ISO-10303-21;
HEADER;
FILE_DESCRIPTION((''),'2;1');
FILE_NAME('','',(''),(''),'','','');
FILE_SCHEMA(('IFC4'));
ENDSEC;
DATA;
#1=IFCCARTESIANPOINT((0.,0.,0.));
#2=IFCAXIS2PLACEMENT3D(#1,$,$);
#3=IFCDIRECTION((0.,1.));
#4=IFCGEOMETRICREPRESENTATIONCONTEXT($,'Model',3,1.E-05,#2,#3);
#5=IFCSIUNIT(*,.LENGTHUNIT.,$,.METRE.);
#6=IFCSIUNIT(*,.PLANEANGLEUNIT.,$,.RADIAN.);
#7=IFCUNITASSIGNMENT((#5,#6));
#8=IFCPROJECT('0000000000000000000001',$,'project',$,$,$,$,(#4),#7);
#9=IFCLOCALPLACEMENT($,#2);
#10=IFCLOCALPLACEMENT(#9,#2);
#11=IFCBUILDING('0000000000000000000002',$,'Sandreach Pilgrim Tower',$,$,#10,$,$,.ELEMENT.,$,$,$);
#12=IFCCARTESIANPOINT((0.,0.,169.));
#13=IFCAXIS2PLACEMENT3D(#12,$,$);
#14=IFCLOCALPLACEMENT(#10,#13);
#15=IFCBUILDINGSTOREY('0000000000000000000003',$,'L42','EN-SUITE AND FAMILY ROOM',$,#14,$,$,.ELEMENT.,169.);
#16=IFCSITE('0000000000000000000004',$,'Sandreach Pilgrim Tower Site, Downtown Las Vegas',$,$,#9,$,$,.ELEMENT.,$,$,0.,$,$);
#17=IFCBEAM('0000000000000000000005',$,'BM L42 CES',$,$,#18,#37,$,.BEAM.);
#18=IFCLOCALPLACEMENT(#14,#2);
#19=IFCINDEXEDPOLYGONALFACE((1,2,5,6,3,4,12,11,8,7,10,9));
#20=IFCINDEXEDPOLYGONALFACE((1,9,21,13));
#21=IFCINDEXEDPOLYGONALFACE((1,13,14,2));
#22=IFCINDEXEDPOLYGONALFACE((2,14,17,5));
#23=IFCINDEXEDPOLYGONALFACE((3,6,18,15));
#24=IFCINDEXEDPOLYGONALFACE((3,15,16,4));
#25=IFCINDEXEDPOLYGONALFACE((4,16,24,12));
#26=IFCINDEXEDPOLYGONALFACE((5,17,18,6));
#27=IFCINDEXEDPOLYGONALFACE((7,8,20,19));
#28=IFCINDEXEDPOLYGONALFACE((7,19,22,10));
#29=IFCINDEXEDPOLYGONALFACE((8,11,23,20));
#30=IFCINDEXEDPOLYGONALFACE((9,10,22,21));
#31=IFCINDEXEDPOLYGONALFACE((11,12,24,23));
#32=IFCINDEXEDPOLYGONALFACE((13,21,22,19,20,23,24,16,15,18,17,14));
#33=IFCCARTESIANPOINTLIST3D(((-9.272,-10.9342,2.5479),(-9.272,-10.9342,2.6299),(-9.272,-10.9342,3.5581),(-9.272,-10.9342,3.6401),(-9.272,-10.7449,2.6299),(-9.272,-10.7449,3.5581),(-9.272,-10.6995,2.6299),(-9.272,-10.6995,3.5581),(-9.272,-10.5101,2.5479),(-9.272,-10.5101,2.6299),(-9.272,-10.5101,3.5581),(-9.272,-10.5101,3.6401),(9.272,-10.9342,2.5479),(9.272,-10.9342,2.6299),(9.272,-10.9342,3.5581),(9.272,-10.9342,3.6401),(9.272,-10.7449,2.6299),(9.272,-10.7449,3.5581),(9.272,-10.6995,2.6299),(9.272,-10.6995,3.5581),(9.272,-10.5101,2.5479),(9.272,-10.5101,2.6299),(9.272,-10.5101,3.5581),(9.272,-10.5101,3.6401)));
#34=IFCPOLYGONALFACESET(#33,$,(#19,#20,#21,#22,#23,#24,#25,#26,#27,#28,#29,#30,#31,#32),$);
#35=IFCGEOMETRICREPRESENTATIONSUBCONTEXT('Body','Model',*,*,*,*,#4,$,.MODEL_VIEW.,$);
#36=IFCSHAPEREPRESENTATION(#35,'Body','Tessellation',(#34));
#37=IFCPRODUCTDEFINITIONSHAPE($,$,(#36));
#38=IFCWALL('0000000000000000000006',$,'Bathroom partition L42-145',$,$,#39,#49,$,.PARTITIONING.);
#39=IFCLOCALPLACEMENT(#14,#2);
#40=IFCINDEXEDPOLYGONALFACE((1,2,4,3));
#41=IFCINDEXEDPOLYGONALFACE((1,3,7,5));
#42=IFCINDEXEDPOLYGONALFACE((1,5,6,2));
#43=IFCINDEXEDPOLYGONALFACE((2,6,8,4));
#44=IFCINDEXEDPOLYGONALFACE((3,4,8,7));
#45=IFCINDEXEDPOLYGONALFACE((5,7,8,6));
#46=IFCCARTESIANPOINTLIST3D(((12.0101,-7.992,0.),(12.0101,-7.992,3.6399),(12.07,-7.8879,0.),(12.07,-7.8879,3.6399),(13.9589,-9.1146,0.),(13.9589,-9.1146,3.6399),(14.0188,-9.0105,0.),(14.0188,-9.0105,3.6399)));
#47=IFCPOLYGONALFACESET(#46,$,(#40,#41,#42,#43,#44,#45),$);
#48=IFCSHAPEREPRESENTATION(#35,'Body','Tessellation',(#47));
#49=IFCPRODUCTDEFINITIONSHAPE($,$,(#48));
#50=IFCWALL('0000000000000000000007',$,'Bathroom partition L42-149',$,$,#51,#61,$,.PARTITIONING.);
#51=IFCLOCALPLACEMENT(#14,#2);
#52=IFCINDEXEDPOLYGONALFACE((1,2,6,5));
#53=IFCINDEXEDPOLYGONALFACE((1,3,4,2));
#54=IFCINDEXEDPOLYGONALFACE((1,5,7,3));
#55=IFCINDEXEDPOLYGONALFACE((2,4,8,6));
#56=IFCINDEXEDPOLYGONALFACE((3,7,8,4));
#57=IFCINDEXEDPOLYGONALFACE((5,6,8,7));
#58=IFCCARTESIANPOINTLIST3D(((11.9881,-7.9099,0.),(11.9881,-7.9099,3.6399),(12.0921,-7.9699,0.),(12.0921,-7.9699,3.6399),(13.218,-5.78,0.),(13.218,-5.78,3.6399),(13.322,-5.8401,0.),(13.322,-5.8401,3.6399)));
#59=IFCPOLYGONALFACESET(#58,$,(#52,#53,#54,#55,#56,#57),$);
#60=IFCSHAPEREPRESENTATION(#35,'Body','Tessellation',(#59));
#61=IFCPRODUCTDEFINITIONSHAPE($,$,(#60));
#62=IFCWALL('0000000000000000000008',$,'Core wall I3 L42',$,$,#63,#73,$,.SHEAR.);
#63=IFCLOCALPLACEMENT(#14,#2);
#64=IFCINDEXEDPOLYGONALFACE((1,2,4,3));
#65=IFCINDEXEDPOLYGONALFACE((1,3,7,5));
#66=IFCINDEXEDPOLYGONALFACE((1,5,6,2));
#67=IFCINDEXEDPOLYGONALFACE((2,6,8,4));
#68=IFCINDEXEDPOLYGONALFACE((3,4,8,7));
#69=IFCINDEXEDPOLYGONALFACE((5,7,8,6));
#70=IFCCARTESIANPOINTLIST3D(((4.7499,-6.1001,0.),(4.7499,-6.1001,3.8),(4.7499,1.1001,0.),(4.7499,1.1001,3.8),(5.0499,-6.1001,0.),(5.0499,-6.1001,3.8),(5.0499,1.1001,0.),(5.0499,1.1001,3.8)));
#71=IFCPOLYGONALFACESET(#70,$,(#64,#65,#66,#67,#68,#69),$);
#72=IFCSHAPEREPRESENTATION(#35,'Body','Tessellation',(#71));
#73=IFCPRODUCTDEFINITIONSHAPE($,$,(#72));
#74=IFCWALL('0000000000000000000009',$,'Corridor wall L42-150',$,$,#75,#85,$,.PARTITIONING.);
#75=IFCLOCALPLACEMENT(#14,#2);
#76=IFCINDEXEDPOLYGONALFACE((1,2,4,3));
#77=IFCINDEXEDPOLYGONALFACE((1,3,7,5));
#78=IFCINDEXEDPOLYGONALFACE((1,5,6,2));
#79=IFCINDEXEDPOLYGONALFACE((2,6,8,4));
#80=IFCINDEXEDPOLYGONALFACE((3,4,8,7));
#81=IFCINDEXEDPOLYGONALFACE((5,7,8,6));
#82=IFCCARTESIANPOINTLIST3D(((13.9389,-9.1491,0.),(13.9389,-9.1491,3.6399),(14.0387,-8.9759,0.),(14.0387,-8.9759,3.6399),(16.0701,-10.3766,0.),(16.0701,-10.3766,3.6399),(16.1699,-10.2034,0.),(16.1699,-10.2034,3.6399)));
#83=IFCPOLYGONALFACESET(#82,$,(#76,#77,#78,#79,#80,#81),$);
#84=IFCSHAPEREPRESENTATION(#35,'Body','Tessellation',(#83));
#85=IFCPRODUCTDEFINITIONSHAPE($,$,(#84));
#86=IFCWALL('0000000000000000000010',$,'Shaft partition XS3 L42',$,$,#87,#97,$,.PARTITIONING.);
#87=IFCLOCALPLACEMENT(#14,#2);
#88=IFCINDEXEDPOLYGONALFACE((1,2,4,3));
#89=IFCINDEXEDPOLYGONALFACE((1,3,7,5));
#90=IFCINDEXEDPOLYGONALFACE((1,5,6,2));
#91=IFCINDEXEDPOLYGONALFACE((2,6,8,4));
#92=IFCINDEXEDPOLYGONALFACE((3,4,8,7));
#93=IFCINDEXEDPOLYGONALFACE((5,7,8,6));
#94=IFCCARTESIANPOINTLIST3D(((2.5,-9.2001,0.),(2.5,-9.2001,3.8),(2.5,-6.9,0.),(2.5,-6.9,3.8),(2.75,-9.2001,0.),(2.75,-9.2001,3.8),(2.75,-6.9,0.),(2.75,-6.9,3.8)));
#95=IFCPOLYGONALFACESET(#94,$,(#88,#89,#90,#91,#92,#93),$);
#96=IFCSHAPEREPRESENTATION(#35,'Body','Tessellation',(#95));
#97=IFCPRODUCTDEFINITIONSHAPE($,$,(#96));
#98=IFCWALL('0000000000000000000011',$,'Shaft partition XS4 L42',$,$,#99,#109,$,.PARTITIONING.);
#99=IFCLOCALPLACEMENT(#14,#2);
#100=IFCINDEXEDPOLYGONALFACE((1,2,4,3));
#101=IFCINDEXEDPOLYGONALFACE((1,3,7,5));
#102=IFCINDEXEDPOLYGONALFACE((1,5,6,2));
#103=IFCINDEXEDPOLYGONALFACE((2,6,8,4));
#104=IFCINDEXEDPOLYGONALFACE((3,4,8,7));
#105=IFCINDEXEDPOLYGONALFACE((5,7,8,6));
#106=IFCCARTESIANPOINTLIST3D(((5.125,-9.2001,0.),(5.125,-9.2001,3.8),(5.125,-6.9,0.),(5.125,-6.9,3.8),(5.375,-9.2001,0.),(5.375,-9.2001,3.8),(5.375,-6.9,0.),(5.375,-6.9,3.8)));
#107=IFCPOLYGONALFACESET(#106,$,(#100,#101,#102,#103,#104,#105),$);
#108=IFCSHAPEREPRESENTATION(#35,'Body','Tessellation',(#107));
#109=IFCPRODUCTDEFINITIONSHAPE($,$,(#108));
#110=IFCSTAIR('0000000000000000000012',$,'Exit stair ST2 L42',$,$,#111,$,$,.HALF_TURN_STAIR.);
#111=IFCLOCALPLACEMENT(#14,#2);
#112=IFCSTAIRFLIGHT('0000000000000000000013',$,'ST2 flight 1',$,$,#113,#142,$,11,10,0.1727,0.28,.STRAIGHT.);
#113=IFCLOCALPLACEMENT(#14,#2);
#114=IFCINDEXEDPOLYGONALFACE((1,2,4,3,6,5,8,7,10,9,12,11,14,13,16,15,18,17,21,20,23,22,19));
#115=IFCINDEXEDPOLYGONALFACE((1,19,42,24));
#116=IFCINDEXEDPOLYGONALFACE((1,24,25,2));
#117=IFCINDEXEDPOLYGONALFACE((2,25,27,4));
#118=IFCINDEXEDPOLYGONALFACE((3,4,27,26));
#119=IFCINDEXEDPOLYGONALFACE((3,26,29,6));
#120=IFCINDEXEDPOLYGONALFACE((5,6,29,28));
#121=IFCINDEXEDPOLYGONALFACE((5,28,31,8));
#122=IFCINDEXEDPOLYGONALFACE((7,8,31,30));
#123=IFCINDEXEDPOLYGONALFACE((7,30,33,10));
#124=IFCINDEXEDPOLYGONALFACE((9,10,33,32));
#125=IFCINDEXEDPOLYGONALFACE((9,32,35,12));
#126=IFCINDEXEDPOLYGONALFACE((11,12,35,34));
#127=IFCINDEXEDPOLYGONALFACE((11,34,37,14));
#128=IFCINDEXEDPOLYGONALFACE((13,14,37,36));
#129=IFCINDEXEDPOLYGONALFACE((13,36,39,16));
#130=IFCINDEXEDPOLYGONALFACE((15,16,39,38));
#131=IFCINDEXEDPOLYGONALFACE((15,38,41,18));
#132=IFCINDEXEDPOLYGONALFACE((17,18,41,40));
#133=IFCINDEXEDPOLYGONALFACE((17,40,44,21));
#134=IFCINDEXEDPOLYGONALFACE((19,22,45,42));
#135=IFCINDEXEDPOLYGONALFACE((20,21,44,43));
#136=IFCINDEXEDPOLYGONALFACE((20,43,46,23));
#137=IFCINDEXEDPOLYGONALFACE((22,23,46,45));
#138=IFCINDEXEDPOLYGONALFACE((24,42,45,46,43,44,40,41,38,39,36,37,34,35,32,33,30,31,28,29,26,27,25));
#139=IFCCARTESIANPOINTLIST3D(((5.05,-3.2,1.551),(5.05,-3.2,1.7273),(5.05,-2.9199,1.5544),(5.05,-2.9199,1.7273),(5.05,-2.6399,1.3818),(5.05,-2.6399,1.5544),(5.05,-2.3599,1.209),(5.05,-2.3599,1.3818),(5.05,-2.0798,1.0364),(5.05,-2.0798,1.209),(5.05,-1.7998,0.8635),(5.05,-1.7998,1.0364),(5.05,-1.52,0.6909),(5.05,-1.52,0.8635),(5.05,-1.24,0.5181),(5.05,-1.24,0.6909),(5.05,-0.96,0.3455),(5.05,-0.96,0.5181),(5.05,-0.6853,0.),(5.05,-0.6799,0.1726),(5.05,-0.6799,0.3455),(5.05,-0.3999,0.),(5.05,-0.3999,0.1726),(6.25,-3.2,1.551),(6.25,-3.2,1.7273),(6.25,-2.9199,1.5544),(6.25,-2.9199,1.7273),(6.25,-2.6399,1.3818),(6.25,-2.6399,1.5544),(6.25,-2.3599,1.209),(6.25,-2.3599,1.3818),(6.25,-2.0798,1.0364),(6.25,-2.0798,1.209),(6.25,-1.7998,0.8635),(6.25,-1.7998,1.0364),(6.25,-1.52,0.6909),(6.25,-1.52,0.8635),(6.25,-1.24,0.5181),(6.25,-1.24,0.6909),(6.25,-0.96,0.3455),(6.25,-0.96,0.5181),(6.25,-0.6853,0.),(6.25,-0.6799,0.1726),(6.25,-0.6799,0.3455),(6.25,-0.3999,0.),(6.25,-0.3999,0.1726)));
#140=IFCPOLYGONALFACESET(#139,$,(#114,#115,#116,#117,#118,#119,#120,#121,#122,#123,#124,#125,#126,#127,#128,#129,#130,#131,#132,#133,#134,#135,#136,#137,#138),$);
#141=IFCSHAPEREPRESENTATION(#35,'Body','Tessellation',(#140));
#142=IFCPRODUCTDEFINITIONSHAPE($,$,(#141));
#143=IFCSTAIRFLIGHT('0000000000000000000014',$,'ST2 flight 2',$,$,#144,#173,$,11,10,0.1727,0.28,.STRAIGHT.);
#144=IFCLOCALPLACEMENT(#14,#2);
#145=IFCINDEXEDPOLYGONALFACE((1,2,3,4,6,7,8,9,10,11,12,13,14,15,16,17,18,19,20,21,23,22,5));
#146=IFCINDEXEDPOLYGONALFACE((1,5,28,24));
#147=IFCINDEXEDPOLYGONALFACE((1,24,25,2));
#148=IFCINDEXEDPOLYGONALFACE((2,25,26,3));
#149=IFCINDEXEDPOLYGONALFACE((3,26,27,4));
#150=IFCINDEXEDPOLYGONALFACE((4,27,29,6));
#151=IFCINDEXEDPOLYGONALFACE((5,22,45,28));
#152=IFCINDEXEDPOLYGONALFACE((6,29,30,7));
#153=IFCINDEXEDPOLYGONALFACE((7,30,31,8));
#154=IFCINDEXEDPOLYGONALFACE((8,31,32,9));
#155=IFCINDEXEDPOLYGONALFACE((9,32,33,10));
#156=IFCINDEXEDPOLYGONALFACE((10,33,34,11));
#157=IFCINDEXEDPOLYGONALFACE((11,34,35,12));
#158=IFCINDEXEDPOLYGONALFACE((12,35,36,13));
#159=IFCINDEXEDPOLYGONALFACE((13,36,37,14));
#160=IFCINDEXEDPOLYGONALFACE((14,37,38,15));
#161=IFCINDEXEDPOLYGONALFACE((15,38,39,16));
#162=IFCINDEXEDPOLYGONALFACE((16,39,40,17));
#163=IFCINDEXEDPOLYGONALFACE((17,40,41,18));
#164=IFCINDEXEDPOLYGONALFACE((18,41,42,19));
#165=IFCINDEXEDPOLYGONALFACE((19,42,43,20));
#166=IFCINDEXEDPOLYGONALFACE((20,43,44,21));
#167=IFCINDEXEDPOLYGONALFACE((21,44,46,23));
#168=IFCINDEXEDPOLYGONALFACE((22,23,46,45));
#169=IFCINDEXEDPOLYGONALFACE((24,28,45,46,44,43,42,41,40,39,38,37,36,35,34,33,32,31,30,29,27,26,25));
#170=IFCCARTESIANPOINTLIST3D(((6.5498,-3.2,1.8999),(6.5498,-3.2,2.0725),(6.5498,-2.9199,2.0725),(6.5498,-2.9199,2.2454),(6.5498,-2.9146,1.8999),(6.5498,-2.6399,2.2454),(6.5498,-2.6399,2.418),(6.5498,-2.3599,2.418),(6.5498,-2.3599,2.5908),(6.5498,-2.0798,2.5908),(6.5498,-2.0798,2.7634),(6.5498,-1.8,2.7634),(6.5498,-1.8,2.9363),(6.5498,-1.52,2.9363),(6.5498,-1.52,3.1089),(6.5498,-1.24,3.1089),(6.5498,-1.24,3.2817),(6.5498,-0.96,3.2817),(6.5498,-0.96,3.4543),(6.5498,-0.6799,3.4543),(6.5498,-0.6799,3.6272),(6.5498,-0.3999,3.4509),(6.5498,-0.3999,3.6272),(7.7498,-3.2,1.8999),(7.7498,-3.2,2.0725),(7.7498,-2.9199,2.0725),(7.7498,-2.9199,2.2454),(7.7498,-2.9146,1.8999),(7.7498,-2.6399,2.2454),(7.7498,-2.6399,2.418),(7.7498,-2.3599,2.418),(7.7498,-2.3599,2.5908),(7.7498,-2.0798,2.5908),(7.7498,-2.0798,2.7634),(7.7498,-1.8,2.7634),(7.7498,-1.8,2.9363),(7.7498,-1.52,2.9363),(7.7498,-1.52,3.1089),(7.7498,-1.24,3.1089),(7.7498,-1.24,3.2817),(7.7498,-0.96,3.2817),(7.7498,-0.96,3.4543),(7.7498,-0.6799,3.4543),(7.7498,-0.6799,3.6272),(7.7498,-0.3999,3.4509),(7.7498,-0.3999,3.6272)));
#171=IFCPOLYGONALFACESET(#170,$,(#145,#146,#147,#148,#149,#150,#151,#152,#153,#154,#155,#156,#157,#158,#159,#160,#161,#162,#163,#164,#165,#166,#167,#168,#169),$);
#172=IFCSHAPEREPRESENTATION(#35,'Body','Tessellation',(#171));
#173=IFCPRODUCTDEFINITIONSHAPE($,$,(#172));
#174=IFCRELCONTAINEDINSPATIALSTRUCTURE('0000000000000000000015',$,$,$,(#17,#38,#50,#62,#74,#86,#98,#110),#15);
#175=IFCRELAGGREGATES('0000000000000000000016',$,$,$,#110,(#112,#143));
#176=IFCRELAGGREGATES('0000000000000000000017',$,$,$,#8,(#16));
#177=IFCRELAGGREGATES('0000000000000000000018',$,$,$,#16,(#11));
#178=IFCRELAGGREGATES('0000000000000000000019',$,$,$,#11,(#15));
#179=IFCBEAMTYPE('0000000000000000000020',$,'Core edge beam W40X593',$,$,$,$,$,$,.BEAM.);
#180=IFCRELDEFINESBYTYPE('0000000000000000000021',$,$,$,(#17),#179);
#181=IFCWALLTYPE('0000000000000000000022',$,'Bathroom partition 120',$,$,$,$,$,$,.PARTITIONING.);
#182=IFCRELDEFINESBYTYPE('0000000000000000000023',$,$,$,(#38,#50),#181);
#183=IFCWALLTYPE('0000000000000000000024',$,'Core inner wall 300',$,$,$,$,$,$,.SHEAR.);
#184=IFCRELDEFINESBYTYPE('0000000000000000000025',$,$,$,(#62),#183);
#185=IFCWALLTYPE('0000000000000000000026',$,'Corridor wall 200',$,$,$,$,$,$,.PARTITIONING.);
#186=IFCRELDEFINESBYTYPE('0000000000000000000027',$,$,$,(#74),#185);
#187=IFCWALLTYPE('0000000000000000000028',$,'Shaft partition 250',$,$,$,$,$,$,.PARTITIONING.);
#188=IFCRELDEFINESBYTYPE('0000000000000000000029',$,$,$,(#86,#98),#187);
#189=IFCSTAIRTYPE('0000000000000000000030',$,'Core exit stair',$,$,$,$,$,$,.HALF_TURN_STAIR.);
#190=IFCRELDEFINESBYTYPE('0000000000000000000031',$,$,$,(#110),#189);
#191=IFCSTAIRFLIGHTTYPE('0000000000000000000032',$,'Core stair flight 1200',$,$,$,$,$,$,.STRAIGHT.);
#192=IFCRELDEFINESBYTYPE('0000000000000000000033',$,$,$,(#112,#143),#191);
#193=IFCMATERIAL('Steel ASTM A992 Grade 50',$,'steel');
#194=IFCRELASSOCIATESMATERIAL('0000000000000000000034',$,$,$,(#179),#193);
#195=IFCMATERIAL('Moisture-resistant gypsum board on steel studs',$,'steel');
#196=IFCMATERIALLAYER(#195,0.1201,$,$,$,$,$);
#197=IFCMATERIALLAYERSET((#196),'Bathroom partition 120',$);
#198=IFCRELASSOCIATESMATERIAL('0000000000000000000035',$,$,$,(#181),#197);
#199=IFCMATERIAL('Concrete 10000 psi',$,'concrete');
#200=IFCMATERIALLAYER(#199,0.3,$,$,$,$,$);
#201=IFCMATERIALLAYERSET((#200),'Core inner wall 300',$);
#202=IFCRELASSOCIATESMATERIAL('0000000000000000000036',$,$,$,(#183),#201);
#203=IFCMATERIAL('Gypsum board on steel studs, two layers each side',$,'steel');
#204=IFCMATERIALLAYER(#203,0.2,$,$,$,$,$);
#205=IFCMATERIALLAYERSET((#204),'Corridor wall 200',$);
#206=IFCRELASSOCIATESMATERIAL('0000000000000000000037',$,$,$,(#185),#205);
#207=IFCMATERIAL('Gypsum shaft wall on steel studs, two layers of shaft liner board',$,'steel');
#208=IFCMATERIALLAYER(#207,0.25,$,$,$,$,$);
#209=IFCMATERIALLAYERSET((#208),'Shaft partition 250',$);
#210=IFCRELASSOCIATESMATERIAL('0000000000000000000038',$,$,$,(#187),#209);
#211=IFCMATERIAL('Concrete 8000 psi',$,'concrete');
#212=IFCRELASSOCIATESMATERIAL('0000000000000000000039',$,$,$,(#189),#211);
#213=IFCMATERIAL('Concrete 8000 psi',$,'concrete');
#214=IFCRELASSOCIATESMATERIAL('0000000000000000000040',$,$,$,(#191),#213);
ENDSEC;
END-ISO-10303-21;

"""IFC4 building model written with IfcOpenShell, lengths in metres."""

from ifc_helpers import new_model, si_unit, direction, frame, frame_2d, origin, origin_2d, place, context, subcontext, project, spatial, polyline, rectangle, i_section, outline, extrude, material, layer, layer_set, material_profile, profile_set, type_object, element, aggregate, save


model = new_model("IFC4")

# Units and contexts
model_context = context("Model", 3, precision=1e-05, world=origin(), true_north=direction((0.0, 1.0)))
body_context = subcontext(model_context, "Body", "Model", "MODEL_VIEW")
ifc_project = project(units=[si_unit("LENGTHUNIT", "METRE"), si_unit("PLANEANGLEUNIT", "RADIAN")], contexts=[model_context])

# Site, building, storey
site_placement = place(None, origin())
site = spatial("IfcSite", under=ifc_project, at=site_placement, Name="Sandreach Pilgrim Tower Site, Downtown Las Vegas", CompositionType="ELEMENT", RefElevation=0.0)
building_placement = place(site_placement, origin())
building = spatial("IfcBuilding", under=site, at=building_placement, Name="Sandreach Pilgrim Tower", CompositionType="ELEMENT")
storey_placement = place(building_placement, frame((0.0, 0.0, 169.0)))
storey = spatial("IfcBuildingStorey", under=building, at=storey_placement, Name="L42", Description="EN-SUITE AND FAMILY ROOM", CompositionType="ELEMENT", Elevation=169.0)

# Beam
ifc_material_1 = material(Name="Steel ASTM A992 Grade 50", Category="steel")
ifc_material_profile = material_profile(ifc_material_1, i_section(OverallWidth=0.4241, OverallDepth=1.0923, WebThickness=0.0454, FlangeThickness=0.082, at=origin_2d()), Name="W40X593")
ifc_profile_set = profile_set([ifc_material_profile], Name="Steel ASTM A992 Grade 50")
beam_type = type_object("IfcBeamType", Name="Core edge beam W40X593", PredefinedType="BEAM", material=ifc_profile_set)
beam_placement = place(storey_placement, frame((9.272, -10.7222, 3.094), z_axis=(-1.0, 0.0, 0.0), x_axis=(0.0, -1.0, 0.0)))
element("IfcBeam", 1, at=beam_placement, inside=storey, type_object=beam_type, Name="BM L42 CES", PredefinedType="BEAM", context=body_context, shape_type="SweptSolid", body=[
    extrude(i_section(OverallWidth=0.4241, OverallDepth=1.0923, WebThickness=0.0454, FlangeThickness=0.082, at=origin_2d()), origin(), (0.0, 0.0, 1.0), 18.5439),
])

# Walls
ifc_material_2 = material(Name="Moisture-resistant gypsum board on steel studs", Category="steel")
ifc_layer_1 = layer(ifc_material_2, 0.1201)
ifc_layer_set_1 = layer_set([ifc_layer_1], Name="Bathroom partition 120")
wall_type_1 = type_object("IfcWallType", Name="Bathroom partition 120", PredefinedType="PARTITIONING", material=ifc_layer_set_1)
wall_1_placement = place(storey_placement, frame((12.04, -7.9399, 0.0), z_axis=(0.0, 0.0, 1.0), x_axis=(0.866514, -0.499152, 0.0)))
element("IfcWall", 2, at=wall_1_placement, inside=storey, type_object=wall_type_1, Name="Bathroom partition L42-145", PredefinedType="PARTITIONING", context=body_context, shape_type="SweptSolid", body=[
    extrude(rectangle(XDim=2.249, YDim=0.1201, at=frame_2d((1.1245, 0.0))), origin(), (0.0, 0.0, 1.0), 3.6399),
])
wall_2_placement = place(storey_placement, frame((13.27, -5.8101, 0.0), z_axis=(0.0, 0.0, 1.0), x_axis=(-0.500089, -0.865974, 0.0)))
element("IfcWall", 3, at=wall_2_placement, inside=storey, type_object=wall_type_1, Name="Bathroom partition L42-149", PredefinedType="PARTITIONING", context=body_context, shape_type="SweptSolid", body=[
    extrude(rectangle(XDim=2.4595, YDim=0.1201, at=frame_2d((1.2297, 0.0))), origin(), (0.0, 0.0, 1.0), 3.6399),
])
ifc_material_3 = material(Name="Concrete 10000 psi", Category="concrete")
ifc_layer_2 = layer(ifc_material_3, 0.3)
ifc_layer_set_2 = layer_set([ifc_layer_2], Name="Core inner wall 300")
wall_type_2 = type_object("IfcWallType", Name="Core inner wall 300", PredefinedType="SHEAR", material=ifc_layer_set_2)
wall_3_placement = place(storey_placement, frame((4.8999, -6.1001, 0.0), z_axis=(0.0, 0.0, 1.0), x_axis=(0.0, 1.0, 0.0)))
element("IfcWall", 4, at=wall_3_placement, inside=storey, type_object=wall_type_2, Name="Core wall I3 L42", PredefinedType="SHEAR", context=body_context, shape_type="SweptSolid", body=[
    extrude(rectangle(XDim=7.2002, YDim=0.3, at=frame_2d((3.6001, 0.0))), origin(), (0.0, 0.0, 1.0), 3.8),
])

# Shared definitions
ifc_material_4 = material(Name="Gypsum board on steel studs, two layers each side", Category="steel")
ifc_layer_3 = layer(ifc_material_4, 0.2)
ifc_layer_set_3 = layer_set([ifc_layer_3], Name="Corridor wall 200")
wall_type_3 = type_object("IfcWallType", Name="Corridor wall 200", PredefinedType="PARTITIONING", material=ifc_layer_set_3)

# Walls
wall_4_placement = place(storey_placement, frame((13.9888, -9.0625, 0.0), z_axis=(0.0, 0.0, 1.0), x_axis=(0.866552, -0.499086, 0.0)))
element("IfcWall", 5, at=wall_4_placement, inside=storey, type_object=wall_type_3, Name="Corridor wall L42-150", PredefinedType="PARTITIONING", context=body_context, shape_type="SweptSolid", body=[
    extrude(rectangle(XDim=2.4595, YDim=0.2, at=frame_2d((1.2297, 0.0))), origin(), (0.0, 0.0, 1.0), 3.6399),
])
ifc_material_5 = material(Name="Gypsum shaft wall on steel studs, two layers of shaft liner board", Category="steel")
ifc_layer_4 = layer(ifc_material_5, 0.25)
ifc_layer_set_4 = layer_set([ifc_layer_4], Name="Shaft partition 250")
wall_type_4 = type_object("IfcWallType", Name="Shaft partition 250", PredefinedType="PARTITIONING", material=ifc_layer_set_4)
for number, where, z_axis, x_axis, name in (
    (6, (2.625, -9.2, 0.0), (0.0, 0.0, 1.0), (0.0, 1.0, 0.0), "Shaft partition XS3 L42"),
    (7, (5.25, -9.2, 0.0), (0.0, 0.0, 1.0), (0.0, 1.0, 0.0), "Shaft partition XS4 L42"),
):
    element("IfcWall", number, at=place(storey_placement, frame(where, z_axis=z_axis, x_axis=x_axis)), inside=storey, type_object=wall_type_4, Name=name, PredefinedType="PARTITIONING", context=body_context, shape_type="SweptSolid", body=[
        extrude(rectangle(XDim=2.3, YDim=0.25, at=frame_2d((1.1499, 0.0))), origin(), (0.0, 0.0, 1.0), 3.8),
    ])

# Stair, stair flights
ifc_material_6 = material(Name="Concrete 8000 psi", Category="concrete")
stair_type = type_object("IfcStairType", Name="Core exit stair", PredefinedType="HALF_TURN_STAIR", material=ifc_material_6)
stair_placement = place(storey_placement, origin())
stair = element("IfcStair", 8, at=stair_placement, inside=storey, type_object=stair_type, Name="Exit stair ST2 L42", PredefinedType="HALF_TURN_STAIR")
ifc_material_7 = material(Name="Concrete 8000 psi", Category="concrete")
stair_flight_type = type_object("IfcStairFlightType", Name="Core stair flight 1200", PredefinedType="STRAIGHT", material=ifc_material_7)
stair_flight_1_placement = place(storey_placement, frame((5.6499, -0.3999, 0.0), z_axis=(0.0, 0.0, 1.0), x_axis=(0.0, -1.0, 0.0)))
stair_flight_1 = element("IfcStairFlight", 9, at=stair_flight_1_placement, type_object=stair_flight_type, Name="ST2 flight 1", NumberOfRisers=11, NumberOfTreads=10, PredefinedType="STRAIGHT", RiserHeight=0.1727, TreadLength=0.28, context=body_context, shape_type="SweptSolid", body=[
    extrude(outline(polyline([(0.0, 0.0), (0.0, 0.1726), (0.28, 0.1726), (0.28, 0.3455), (0.5601, 0.3455), (0.5601, 0.5181), (0.8401, 0.5181), (0.8401, 0.6909), (1.1201, 0.6909), (1.1201, 0.8635), (1.3999, 0.8635), (1.3999, 1.0364), (1.6799, 1.0364), (1.6799, 1.209), (1.96, 1.209), (1.96, 1.3818), (2.24, 1.3818), (2.24, 1.5544), (2.52, 1.5544), (2.52, 1.7273), (2.8, 1.7273), (2.8, 1.8999), (2.8, 1.551), (0.2854, 0.0), (0.0, 0.0)])), frame((0.0, 0.6001, 0.0), z_axis=(0.0, -1.0, 0.0), x_axis=(1.0, 0.0, 0.0)), (0.0, 0.0, 1.0), 1.2),
])
stair_flight_2_placement = place(storey_placement, frame((7.1499, -3.2, 1.8999), z_axis=(0.0, 0.0, 1.0), x_axis=(0.0, 1.0, 0.0)))
stair_flight_2 = element("IfcStairFlight", 10, at=stair_flight_2_placement, type_object=stair_flight_type, Name="ST2 flight 2", NumberOfRisers=11, NumberOfTreads=10, PredefinedType="STRAIGHT", RiserHeight=0.1727, TreadLength=0.28, context=body_context, shape_type="SweptSolid", body=[
    extrude(outline(polyline([(0.0, 0.0), (0.0, 0.1726), (0.28, 0.1726), (0.28, 0.3455), (0.5601, 0.3455), (0.5601, 0.5181), (0.8401, 0.5181), (0.8401, 0.6909), (1.1201, 0.6909), (1.1201, 0.8635), (1.3999, 0.8635), (1.3999, 1.0364), (1.6799, 1.0364), (1.6799, 1.209), (1.96, 1.209), (1.96, 1.3818), (2.24, 1.3818), (2.24, 1.5544), (2.52, 1.5544), (2.52, 1.7273), (2.8, 1.7273), (2.8, 1.8999), (2.8, 1.551), (0.2854, 0.0), (0.0, 0.0)])), frame((0.0, 0.6001, 0.0), z_axis=(0.0, -1.0, 0.0), x_axis=(1.0, 0.0, 0.0)), (0.0, 0.0, 1.0), 1.2),
])
aggregate(stair, [stair_flight_1, stair_flight_2])

save(model, "model.ifc")
